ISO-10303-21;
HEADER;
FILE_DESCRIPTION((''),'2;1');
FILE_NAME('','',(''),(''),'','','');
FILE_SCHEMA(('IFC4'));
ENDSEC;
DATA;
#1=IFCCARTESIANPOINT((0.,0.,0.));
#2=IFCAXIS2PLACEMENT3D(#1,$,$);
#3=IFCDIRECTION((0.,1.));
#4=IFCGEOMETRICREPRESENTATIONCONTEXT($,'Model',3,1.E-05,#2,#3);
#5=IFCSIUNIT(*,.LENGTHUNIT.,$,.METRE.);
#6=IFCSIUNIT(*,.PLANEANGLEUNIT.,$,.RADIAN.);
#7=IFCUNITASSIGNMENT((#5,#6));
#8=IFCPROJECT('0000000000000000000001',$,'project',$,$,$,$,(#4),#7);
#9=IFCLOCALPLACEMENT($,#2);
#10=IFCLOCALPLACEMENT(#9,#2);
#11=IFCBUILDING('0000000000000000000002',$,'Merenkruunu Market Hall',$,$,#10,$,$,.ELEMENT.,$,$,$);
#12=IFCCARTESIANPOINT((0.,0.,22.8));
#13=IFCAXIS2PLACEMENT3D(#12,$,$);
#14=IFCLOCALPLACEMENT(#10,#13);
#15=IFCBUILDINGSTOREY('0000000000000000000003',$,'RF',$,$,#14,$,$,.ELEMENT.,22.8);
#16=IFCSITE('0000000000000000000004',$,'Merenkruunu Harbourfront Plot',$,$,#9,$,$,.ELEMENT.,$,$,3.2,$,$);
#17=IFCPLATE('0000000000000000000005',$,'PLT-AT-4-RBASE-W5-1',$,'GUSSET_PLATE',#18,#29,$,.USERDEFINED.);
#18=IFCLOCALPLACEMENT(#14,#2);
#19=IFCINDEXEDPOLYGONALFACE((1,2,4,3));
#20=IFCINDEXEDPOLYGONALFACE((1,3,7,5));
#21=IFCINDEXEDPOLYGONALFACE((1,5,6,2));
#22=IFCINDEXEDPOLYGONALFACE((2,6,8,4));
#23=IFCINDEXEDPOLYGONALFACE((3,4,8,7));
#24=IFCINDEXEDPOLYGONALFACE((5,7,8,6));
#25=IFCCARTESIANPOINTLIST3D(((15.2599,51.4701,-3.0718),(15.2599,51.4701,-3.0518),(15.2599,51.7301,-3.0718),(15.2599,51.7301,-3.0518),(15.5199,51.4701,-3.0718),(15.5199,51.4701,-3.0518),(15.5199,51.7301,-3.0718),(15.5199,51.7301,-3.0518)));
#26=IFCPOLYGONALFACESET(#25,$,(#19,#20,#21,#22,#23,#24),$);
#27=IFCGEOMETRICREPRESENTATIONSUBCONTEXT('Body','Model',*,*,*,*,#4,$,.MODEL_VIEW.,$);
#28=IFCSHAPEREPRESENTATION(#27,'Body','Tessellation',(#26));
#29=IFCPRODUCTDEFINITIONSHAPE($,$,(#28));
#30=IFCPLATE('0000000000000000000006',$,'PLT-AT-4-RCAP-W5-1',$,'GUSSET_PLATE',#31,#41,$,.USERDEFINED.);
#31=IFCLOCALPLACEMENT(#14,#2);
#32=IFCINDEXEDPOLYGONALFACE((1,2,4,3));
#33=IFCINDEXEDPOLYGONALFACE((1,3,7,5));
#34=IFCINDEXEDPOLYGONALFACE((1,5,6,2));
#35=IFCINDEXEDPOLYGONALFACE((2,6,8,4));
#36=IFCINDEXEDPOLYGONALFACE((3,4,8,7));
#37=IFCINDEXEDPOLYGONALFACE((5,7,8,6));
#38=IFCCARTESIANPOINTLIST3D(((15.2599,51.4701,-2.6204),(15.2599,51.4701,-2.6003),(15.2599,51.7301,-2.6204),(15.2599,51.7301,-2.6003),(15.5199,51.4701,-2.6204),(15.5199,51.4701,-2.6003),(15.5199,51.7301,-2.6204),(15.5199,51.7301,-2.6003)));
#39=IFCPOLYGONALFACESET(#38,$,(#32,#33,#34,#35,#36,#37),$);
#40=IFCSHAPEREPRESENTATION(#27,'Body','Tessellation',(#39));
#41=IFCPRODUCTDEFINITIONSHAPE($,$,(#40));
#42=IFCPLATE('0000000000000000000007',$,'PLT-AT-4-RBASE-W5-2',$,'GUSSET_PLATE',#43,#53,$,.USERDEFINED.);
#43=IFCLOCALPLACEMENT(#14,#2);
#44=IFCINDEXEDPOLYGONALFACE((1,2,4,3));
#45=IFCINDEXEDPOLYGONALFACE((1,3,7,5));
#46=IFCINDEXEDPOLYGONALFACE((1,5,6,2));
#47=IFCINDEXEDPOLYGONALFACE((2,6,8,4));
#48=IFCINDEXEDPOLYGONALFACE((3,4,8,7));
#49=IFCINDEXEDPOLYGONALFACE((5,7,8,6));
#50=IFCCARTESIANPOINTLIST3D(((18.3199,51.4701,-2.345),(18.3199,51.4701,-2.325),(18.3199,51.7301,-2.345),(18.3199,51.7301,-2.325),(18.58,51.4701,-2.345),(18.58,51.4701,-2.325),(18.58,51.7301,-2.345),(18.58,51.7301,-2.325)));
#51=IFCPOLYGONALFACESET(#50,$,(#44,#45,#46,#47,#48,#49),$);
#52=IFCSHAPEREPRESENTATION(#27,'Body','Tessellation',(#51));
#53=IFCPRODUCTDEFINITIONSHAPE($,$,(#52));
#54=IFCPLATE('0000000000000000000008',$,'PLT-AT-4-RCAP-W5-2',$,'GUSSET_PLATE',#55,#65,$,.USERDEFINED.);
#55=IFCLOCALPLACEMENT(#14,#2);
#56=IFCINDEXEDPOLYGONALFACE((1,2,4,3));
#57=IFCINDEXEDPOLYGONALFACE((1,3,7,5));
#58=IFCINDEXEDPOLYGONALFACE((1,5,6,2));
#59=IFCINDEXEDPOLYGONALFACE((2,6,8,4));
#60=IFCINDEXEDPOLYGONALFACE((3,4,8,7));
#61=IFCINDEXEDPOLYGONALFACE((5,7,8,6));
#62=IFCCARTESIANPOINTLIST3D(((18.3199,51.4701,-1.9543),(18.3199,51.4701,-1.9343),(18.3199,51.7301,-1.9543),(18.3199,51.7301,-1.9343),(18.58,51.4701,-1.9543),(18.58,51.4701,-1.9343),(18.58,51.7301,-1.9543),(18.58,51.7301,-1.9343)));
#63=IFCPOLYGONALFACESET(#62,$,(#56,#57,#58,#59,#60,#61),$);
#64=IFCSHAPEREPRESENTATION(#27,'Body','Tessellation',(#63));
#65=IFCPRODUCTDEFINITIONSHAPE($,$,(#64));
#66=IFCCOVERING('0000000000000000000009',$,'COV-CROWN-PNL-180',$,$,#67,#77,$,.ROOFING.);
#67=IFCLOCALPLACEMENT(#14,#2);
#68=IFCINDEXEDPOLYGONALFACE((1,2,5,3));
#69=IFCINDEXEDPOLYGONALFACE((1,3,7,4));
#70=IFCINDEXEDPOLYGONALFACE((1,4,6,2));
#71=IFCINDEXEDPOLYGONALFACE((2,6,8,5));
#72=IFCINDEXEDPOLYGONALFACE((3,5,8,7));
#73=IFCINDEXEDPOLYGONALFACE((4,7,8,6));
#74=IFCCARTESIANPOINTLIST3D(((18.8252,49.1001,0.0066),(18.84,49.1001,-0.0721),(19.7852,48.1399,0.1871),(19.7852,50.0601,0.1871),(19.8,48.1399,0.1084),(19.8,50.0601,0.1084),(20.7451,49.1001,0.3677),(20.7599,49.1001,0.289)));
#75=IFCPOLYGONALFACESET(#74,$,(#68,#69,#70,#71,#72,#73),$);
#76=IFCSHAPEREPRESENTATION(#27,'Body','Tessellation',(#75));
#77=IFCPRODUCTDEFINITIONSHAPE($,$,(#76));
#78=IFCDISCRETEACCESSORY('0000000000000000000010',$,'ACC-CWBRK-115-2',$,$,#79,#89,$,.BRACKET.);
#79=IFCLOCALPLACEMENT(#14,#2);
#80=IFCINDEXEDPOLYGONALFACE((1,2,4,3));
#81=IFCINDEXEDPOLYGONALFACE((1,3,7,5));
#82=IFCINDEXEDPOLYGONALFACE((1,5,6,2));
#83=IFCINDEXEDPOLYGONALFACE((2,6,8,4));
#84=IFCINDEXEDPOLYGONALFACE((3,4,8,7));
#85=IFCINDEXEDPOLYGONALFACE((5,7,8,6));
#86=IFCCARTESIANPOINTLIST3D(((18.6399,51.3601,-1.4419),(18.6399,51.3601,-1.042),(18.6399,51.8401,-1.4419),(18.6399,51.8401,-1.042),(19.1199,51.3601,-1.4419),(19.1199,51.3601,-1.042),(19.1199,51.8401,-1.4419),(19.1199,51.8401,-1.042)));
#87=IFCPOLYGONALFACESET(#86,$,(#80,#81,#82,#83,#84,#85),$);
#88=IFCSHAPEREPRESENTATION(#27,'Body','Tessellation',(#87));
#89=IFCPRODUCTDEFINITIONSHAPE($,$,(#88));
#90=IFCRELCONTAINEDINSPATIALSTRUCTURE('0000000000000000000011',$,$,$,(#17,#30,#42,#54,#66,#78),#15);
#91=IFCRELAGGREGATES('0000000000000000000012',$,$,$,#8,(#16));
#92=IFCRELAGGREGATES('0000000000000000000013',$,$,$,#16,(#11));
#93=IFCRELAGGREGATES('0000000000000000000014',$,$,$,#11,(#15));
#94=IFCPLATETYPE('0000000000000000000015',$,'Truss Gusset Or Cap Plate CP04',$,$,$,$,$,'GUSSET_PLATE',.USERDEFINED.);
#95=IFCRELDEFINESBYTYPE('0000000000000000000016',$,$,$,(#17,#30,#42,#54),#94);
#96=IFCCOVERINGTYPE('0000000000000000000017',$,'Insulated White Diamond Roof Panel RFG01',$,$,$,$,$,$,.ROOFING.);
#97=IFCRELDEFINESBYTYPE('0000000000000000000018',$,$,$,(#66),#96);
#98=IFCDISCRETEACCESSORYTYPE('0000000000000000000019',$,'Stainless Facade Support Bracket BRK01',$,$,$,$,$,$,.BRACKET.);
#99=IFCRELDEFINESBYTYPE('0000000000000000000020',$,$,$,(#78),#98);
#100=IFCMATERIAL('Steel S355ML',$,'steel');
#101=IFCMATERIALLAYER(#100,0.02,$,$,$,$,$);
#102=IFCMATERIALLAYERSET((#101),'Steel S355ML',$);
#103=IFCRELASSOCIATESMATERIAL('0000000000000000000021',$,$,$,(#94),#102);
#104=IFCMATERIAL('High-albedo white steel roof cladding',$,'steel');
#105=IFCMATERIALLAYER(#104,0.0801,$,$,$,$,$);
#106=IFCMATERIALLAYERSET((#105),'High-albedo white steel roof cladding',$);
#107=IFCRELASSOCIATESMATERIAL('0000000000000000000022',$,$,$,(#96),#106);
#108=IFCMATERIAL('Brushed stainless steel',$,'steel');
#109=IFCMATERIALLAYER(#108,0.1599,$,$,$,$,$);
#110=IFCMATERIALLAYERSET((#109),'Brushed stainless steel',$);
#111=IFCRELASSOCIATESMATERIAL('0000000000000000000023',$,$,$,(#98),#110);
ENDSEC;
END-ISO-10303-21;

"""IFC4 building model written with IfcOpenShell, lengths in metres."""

from ifc_helpers import new_model, si_unit, direction, frame, origin, origin_2d, place, context, subcontext, project, spatial, polyline, rectangle, outline, extrude, material, layer, layer_set, type_object, element, save


model = new_model("IFC4")

# Units and contexts
model_context = context("Model", 3, precision=1e-05, world=origin(), true_north=direction((0.0, 1.0)))
body_context = subcontext(model_context, "Body", "Model", "MODEL_VIEW")
ifc_project = project(units=[si_unit("LENGTHUNIT", "METRE"), si_unit("PLANEANGLEUNIT", "RADIAN")], contexts=[model_context])

# Site, building, storey
site_placement = place(None, origin())
site = spatial("IfcSite", under=ifc_project, at=site_placement, Name="Merenkruunu Harbourfront Plot", CompositionType="ELEMENT", RefElevation=3.2)
building_placement = place(site_placement, origin())
building = spatial("IfcBuilding", under=site, at=building_placement, Name="Merenkruunu Market Hall", CompositionType="ELEMENT")
storey_placement = place(building_placement, frame((0.0, 0.0, 22.8)))
storey = spatial("IfcBuildingStorey", under=building, at=storey_placement, Name="RF", CompositionType="ELEMENT", Elevation=22.8)

# Shared definitions
ifc_material_1 = material(Name="Steel S355ML", Category="steel")

# Plates
ifc_layer_1 = layer(ifc_material_1, 0.02)
ifc_layer_set_1 = layer_set([ifc_layer_1], Name="Steel S355ML")
plate_type_1 = type_object("IfcPlateType", Name="Truss Gusset Or Cap Plate CP04", ElementType="GUSSET_PLATE", PredefinedType="USERDEFINED", material=ifc_layer_set_1)
for number, where, z_axis, x_axis, name in (
    (1, (15.3899, 51.6001, -3.0718), (0.0, 0.0, 1.0), (1.0, 0.0, 0.0), "PLT-AT-4-RBASE-W5-1"),
    (2, (15.3899, 51.6001, -2.6204), (0.0, 0.0, 1.0), (1.0, 0.0, 0.0), "PLT-AT-4-RCAP-W5-1"),
    (3, (18.45, 51.6001, -2.345), (0.0, 0.0, 1.0), (1.0, 0.0, 0.0), "PLT-AT-4-RBASE-W5-2"),
    (4, (18.45, 51.6001, -1.9543), (0.0, 0.0, 1.0), (1.0, 0.0, 0.0), "PLT-AT-4-RCAP-W5-2"),
):
    element("IfcPlate", number, at=place(storey_placement, frame(where, z_axis=z_axis, x_axis=x_axis)), inside=storey, type_object=plate_type_1, Name=name, ObjectType="GUSSET_PLATE", PredefinedType="USERDEFINED", context=body_context, shape_type="SweptSolid", body=[
        extrude(rectangle(XDim=0.26, YDim=0.26, at=origin_2d()), origin(), (0.0, 0.0, 1.0), 0.02),
    ])

# Covering
ifc_material_2 = material(Name="High-albedo white steel roof cladding", Category="steel")
ifc_layer_2 = layer(ifc_material_2, 0.0801)
ifc_layer_set_2 = layer_set([ifc_layer_2], Name="High-albedo white steel roof cladding")
covering_type = type_object("IfcCoveringType", Name="Insulated White Diamond Roof Panel RFG01", PredefinedType="ROOFING", material=ifc_layer_set_2)
covering_placement = place(storey_placement, frame((18.8252, 49.1001, 0.0066), z_axis=(-0.184832, 0.0, 0.98277), x_axis=(0.700856, -0.701018, 0.131812)))
element("IfcCovering", 5, at=covering_placement, inside=storey, type_object=covering_type, Name="COV-CROWN-PNL-180", PredefinedType="ROOFING", context=body_context, shape_type="SweptSolid", body=[
    extrude(outline(polyline([(0.0, 0.0), (1.3697, 0.0), (1.3932, 1.3695), (0.0237, 1.3694), (0.0, 0.0)])), origin(), (0.0, 0.0, -1.0), 0.0801),
])

# Discrete accessory
ifc_material_3 = material(Name="Brushed stainless steel", Category="steel")
ifc_layer_3 = layer(ifc_material_3, 0.1599)
ifc_layer_set_3 = layer_set([ifc_layer_3], Name="Brushed stainless steel")
discrete_accessory_type = type_object("IfcDiscreteAccessoryType", Name="Stainless Facade Support Bracket BRK01", PredefinedType="BRACKET", material=ifc_layer_set_3)
discrete_accessory_placement = place(storey_placement, frame((18.8799, 51.6001, -1.4419), z_axis=(0.0, 0.0, 1.0), x_axis=(1.0, 0.0, 0.0)))
element("IfcDiscreteAccessory", 6, at=discrete_accessory_placement, inside=storey, type_object=discrete_accessory_type, Name="ACC-CWBRK-115-2", PredefinedType="BRACKET", context=body_context, shape_type="SweptSolid", body=[
    extrude(rectangle(XDim=0.48, YDim=0.48, at=origin_2d()), origin(), (0.0, 0.0, 1.0), 0.3999),
])

save(model, "model.ifc")
